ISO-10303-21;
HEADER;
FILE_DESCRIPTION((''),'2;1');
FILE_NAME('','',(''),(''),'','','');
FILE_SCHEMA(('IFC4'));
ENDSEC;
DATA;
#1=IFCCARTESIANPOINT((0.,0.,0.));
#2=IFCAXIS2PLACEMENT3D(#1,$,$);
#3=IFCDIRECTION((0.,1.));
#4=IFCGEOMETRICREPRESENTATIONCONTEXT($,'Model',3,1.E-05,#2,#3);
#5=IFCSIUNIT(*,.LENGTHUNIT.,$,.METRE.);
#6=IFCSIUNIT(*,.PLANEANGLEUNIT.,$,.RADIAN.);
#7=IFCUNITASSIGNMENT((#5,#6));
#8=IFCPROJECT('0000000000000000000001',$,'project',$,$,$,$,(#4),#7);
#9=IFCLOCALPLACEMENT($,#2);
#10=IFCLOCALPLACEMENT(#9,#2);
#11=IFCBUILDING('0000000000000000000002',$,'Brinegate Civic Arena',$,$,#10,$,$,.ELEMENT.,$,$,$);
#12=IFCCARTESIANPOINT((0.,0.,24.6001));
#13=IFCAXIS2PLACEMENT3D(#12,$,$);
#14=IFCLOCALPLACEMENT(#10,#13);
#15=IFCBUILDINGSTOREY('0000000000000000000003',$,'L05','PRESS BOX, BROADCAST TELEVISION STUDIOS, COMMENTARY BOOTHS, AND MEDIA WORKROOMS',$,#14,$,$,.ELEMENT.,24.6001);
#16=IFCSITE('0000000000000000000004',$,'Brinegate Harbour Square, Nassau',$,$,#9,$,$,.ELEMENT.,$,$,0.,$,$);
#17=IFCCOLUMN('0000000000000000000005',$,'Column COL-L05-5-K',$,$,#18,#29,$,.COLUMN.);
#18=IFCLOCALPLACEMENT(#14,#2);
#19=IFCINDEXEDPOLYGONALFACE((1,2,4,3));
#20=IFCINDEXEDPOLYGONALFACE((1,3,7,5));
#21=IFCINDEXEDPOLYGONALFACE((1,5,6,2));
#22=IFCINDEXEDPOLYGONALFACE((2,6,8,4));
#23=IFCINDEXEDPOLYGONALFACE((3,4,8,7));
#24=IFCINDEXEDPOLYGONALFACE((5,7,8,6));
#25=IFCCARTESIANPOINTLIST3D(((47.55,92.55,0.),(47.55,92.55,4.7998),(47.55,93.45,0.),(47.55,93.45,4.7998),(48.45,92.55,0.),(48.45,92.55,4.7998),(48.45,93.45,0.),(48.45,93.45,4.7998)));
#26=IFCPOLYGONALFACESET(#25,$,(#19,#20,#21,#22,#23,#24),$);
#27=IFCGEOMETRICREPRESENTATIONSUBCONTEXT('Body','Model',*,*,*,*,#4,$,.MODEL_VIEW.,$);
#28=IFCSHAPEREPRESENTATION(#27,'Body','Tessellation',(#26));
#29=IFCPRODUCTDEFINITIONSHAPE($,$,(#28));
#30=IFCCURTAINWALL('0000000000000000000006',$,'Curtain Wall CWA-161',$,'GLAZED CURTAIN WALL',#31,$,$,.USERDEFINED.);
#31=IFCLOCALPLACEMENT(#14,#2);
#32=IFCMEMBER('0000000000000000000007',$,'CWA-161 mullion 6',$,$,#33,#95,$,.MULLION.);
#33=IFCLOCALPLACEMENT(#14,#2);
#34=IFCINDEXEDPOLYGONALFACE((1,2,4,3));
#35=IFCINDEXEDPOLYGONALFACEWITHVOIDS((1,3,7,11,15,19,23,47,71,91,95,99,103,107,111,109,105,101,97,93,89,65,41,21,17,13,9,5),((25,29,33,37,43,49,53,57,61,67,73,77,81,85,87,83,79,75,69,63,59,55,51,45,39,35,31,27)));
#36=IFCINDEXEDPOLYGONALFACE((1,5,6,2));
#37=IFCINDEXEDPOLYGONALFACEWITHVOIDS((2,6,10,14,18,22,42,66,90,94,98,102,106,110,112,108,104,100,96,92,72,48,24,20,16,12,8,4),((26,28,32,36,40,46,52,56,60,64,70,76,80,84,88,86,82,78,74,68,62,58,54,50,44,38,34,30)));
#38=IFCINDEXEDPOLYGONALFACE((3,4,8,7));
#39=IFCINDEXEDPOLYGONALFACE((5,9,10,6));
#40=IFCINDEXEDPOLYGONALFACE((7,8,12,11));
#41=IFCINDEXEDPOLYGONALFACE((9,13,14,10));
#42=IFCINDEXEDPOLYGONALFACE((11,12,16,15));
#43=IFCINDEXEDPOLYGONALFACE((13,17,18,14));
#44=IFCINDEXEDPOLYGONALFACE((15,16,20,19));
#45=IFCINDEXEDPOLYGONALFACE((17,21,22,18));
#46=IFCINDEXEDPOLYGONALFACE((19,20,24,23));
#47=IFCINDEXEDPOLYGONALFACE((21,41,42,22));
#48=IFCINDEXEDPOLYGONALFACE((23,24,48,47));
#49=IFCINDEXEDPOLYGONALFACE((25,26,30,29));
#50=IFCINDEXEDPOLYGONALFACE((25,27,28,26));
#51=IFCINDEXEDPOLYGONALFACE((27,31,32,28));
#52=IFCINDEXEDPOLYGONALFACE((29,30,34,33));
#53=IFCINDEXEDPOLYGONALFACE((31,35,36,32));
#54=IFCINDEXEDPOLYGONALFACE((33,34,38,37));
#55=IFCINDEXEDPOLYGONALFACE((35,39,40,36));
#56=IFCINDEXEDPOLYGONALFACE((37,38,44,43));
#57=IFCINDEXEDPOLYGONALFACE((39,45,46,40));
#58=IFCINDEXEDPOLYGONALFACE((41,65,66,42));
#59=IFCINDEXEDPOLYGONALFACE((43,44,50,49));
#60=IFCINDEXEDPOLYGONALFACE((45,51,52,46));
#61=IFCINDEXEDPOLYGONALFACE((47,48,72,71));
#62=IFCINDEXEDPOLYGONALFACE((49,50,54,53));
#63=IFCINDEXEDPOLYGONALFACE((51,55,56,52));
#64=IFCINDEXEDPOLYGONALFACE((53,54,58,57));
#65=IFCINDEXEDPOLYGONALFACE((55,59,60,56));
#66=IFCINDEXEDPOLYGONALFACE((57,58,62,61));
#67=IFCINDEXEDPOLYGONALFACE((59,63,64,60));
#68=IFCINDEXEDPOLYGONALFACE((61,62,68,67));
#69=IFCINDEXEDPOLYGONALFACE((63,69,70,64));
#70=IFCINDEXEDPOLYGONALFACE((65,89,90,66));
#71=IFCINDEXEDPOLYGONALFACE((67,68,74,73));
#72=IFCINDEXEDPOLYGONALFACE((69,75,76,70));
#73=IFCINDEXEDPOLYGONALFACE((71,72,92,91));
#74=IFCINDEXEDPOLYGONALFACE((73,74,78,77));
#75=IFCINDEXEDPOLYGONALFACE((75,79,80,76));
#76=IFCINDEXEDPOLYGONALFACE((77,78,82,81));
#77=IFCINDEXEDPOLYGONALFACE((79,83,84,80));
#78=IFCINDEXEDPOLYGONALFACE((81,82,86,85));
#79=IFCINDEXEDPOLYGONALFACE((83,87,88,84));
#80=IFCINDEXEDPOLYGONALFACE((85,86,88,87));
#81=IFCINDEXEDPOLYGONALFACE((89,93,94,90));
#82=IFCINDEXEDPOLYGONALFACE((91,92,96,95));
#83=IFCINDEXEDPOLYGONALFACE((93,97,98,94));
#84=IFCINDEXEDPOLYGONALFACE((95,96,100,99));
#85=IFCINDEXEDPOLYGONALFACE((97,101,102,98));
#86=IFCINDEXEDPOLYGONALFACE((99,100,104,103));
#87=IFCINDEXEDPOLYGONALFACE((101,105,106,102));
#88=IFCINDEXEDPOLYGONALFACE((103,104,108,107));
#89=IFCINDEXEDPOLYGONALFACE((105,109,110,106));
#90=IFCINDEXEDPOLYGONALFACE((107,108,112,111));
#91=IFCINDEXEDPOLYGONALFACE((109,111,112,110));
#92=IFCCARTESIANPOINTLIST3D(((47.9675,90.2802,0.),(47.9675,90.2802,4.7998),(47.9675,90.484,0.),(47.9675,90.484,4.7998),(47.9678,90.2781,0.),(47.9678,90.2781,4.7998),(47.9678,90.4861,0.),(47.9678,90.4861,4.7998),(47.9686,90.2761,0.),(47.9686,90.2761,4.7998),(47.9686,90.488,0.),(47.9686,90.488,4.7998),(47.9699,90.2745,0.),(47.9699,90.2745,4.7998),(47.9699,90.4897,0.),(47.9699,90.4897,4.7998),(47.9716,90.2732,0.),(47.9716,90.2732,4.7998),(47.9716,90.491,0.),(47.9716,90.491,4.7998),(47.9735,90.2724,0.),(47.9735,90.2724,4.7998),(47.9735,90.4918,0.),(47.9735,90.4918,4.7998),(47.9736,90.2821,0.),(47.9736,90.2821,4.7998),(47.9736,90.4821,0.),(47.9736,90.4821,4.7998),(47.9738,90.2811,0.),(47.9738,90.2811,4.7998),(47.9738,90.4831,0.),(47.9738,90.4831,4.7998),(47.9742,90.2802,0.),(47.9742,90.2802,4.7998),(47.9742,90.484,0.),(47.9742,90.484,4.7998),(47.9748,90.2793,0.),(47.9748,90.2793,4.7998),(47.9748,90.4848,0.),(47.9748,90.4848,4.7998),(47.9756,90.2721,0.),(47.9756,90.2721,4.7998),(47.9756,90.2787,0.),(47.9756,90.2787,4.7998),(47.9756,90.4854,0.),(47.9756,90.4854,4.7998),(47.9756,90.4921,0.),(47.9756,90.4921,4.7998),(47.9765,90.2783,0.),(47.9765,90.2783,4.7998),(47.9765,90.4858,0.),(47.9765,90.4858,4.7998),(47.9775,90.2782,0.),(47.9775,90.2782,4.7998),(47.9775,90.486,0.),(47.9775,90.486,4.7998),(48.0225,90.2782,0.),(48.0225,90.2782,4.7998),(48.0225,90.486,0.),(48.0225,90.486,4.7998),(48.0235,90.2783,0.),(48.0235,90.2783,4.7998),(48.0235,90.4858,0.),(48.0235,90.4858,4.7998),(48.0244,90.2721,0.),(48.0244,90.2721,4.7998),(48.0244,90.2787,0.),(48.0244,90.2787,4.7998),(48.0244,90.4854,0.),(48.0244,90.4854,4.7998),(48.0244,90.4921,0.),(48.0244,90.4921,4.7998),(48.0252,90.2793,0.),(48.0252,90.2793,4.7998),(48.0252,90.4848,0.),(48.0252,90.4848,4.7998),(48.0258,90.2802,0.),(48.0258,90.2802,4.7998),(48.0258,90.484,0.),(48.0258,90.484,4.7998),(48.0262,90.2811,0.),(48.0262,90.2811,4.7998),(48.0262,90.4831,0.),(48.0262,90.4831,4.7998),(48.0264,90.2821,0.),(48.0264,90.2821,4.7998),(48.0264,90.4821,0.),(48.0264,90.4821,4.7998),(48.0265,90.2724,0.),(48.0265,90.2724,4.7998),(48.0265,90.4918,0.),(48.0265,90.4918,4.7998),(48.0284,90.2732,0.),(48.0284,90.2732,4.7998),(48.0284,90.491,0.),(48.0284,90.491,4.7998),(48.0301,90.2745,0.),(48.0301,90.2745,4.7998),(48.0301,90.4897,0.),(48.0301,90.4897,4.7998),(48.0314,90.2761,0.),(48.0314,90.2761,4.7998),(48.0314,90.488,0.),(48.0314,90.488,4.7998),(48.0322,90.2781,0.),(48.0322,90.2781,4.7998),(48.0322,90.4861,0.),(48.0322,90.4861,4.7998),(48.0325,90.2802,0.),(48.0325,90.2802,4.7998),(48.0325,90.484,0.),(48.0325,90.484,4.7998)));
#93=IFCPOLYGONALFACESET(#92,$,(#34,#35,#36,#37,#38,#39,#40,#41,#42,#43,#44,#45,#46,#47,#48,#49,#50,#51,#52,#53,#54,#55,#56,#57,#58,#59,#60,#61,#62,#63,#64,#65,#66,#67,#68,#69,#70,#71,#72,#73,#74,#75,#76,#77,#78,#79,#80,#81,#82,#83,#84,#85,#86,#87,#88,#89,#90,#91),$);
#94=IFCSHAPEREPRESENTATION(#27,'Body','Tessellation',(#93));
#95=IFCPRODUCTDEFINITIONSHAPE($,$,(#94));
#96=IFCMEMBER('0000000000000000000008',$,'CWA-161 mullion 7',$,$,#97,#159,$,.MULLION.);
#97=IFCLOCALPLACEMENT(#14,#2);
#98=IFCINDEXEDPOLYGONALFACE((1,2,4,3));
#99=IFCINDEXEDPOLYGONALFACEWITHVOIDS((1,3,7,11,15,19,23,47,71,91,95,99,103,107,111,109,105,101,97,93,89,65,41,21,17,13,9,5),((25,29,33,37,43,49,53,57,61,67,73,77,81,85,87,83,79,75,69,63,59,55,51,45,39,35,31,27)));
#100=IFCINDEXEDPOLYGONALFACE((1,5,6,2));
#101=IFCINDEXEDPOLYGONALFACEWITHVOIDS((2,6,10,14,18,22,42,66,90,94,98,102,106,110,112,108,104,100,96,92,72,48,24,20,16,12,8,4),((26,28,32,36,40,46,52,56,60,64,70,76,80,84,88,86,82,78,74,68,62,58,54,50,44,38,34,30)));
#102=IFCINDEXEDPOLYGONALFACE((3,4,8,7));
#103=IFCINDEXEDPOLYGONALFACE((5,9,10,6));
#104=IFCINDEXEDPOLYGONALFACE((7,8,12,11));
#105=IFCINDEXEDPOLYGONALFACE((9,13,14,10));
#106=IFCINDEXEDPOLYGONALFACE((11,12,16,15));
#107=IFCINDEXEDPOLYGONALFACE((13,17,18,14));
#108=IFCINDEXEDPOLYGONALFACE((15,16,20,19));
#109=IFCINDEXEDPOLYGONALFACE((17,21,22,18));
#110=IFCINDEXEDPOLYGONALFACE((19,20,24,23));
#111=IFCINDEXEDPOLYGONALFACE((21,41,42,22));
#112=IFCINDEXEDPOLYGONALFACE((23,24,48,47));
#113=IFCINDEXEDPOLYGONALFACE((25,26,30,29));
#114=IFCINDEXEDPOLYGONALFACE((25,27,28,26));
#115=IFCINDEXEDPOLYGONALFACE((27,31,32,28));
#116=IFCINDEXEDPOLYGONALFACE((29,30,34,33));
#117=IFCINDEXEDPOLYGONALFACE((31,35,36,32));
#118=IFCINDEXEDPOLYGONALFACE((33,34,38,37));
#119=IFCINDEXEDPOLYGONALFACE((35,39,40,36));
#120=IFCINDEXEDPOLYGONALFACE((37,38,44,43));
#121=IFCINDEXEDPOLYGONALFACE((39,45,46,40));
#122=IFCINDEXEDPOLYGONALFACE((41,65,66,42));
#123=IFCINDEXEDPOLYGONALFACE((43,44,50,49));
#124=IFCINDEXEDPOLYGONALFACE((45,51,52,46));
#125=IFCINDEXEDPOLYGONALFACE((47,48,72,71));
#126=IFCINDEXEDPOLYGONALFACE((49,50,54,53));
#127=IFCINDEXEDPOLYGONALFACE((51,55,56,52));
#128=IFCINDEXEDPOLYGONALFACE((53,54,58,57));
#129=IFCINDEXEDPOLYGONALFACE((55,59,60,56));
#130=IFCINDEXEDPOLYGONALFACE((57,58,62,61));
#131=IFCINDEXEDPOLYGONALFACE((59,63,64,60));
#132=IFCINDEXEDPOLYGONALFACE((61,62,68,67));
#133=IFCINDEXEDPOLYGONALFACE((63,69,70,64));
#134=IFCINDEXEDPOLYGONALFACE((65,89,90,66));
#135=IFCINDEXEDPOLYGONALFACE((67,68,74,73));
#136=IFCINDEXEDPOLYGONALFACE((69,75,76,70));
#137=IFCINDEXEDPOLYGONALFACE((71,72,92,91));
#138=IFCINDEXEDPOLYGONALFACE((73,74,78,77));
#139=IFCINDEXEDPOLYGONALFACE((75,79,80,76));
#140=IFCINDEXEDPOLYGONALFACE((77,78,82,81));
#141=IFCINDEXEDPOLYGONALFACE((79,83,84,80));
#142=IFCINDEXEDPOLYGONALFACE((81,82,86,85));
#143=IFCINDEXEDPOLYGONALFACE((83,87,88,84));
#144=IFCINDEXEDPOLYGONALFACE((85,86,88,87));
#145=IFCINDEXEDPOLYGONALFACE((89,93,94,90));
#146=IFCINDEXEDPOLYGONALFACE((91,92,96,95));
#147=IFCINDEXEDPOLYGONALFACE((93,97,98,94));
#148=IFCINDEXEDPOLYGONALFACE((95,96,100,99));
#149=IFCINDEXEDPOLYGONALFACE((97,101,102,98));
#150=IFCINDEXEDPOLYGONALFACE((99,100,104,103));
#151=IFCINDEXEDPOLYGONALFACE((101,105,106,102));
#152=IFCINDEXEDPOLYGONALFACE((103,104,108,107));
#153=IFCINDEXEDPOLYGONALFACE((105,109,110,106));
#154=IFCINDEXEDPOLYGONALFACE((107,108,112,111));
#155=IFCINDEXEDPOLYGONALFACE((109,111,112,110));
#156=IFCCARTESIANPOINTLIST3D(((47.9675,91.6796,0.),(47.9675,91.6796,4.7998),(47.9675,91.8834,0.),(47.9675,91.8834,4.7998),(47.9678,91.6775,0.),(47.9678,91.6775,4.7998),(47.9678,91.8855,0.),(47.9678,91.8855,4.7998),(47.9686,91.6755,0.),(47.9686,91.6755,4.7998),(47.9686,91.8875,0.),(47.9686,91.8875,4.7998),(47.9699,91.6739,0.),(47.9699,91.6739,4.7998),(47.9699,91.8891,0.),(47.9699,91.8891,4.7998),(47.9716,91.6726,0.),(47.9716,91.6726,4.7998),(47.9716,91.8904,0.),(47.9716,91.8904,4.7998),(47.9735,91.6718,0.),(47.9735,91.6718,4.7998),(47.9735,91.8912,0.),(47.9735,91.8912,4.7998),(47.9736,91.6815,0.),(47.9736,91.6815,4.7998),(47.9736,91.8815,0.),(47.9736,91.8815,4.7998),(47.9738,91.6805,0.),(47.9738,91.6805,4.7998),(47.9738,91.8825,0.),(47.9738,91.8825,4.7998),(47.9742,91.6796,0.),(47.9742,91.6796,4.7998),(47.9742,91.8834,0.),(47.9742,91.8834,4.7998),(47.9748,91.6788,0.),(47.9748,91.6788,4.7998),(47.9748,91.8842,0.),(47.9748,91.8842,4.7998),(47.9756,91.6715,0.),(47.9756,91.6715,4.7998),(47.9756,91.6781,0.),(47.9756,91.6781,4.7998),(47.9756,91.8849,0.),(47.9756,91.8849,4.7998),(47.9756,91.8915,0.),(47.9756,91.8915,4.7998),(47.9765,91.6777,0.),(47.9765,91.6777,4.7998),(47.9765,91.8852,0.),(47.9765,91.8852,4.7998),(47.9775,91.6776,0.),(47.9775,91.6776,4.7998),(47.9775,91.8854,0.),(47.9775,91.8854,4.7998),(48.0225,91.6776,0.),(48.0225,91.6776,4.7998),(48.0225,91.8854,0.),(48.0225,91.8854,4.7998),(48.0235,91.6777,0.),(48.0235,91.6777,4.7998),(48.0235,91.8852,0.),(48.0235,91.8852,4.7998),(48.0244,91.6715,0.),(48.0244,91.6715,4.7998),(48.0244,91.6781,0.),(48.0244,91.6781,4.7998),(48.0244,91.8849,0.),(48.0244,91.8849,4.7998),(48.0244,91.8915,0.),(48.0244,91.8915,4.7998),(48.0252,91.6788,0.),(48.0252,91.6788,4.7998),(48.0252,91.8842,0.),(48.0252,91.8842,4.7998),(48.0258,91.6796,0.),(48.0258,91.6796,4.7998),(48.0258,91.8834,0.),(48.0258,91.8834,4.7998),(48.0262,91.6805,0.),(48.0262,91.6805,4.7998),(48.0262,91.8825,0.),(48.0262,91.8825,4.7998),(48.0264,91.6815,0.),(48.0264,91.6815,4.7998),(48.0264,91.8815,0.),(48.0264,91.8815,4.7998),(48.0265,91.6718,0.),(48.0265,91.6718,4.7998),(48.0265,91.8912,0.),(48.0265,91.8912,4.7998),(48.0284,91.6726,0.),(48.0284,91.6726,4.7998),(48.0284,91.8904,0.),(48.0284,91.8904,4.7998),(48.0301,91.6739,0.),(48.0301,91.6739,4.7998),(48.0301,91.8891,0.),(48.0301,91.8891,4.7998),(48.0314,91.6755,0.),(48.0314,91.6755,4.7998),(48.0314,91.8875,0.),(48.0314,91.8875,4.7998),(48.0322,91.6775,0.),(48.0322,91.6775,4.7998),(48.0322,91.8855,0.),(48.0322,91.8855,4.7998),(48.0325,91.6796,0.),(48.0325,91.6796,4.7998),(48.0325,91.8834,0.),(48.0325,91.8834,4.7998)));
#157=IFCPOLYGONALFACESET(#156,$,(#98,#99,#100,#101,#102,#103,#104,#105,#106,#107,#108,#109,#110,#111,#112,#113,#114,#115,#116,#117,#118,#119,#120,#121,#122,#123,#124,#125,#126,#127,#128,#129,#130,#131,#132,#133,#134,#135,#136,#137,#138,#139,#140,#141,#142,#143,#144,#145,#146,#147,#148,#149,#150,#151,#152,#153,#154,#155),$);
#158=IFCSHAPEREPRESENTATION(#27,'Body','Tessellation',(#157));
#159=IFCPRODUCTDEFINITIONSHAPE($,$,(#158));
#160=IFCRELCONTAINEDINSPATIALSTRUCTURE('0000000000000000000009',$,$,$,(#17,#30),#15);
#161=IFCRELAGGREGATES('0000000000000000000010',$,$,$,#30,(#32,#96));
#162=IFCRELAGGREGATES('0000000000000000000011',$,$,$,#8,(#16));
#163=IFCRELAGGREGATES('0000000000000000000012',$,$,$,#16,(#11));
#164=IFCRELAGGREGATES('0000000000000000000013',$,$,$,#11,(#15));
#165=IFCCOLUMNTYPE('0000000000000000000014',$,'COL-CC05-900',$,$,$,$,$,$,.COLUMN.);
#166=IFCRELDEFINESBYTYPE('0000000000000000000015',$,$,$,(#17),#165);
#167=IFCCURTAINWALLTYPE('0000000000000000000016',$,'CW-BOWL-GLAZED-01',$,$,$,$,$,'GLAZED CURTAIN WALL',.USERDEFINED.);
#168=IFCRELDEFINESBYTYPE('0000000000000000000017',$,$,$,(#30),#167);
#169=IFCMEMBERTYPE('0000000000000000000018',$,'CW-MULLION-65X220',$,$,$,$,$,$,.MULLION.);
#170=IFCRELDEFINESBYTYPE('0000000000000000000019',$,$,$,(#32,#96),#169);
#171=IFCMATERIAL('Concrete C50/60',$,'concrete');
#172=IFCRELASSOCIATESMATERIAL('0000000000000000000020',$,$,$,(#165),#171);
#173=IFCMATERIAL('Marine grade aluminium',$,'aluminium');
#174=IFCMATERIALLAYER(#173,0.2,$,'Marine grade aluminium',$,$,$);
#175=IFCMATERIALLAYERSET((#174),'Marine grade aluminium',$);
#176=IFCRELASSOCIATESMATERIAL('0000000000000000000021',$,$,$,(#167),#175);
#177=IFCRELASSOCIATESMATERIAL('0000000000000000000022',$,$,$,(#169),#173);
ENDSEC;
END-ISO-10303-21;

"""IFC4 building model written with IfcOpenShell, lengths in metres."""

from ifc_helpers import new_model, si_unit, direction, frame, origin, origin_2d, place, context, subcontext, project, spatial, rectangle, hollow_rectangle, extrude, material, layer, layer_set, material_profile, profile_set, type_object, element, aggregate, save


model = new_model("IFC4")

# Units and contexts
model_context = context("Model", 3, precision=1e-05, world=origin(), true_north=direction((0.0, 1.0)))
body_context = subcontext(model_context, "Body", "Model", "MODEL_VIEW")
ifc_project = project(units=[si_unit("LENGTHUNIT", "METRE"), si_unit("PLANEANGLEUNIT", "RADIAN")], contexts=[model_context])

# Site, building, storey
site_placement = place(None, origin())
site = spatial("IfcSite", under=ifc_project, at=site_placement, Name="Brinegate Harbour Square, Nassau", CompositionType="ELEMENT", RefElevation=0.0)
building_placement = place(site_placement, origin())
building = spatial("IfcBuilding", under=site, at=building_placement, Name="Brinegate Civic Arena", CompositionType="ELEMENT")
storey_placement = place(building_placement, frame((0.0, 0.0, 24.6001)))
storey = spatial("IfcBuildingStorey", under=building, at=storey_placement, Name="L05", Description="PRESS BOX, BROADCAST TELEVISION STUDIOS, COMMENTARY BOOTHS, AND MEDIA WORKROOMS", CompositionType="ELEMENT", Elevation=24.6001)

# Column
ifc_material_1 = material(Name="Concrete C50/60", Category="concrete")
ifc_material_profile_1 = material_profile(ifc_material_1, rectangle(XDim=0.8999, YDim=0.8999, at=origin_2d()), Name="RC900X900")
ifc_profile_set_1 = profile_set([ifc_material_profile_1], Name="Concrete C50/60")
column_type = type_object("IfcColumnType", Name="COL-CC05-900", PredefinedType="COLUMN", material=ifc_profile_set_1)
column_placement = place(storey_placement, frame((48.0, 93.0, 0.0), z_axis=(0.0, 0.0, 1.0), x_axis=(1.0, 0.0, 0.0)))
element("IfcColumn", 1, at=column_placement, inside=storey, type_object=column_type, Name="Column COL-L05-5-K", PredefinedType="COLUMN", context=body_context, shape_type="SweptSolid", body=[
    extrude(rectangle(XDim=0.8999, YDim=0.8999, at=origin_2d()), origin(), (0.0, 0.0, 1.0), 4.7998),
])

# Curtain wall, members
ifc_material_2 = material(Name="Marine grade aluminium", Category="aluminium")
ifc_layer_1 = layer(ifc_material_2, 0.2, Name="Marine grade aluminium")
ifc_layer_set_1 = layer_set([ifc_layer_1], Name="Marine grade aluminium")
curtain_wall_type = type_object("IfcCurtainWallType", Name="CW-BOWL-GLAZED-01", ElementType="GLAZED CURTAIN WALL", PredefinedType="USERDEFINED", material=ifc_layer_set_1)
curtain_wall_1_placement = place(storey_placement, origin())
curtain_wall_1 = element("IfcCurtainWall", 2, at=curtain_wall_1_placement, inside=storey, type_object=curtain_wall_type, Name="Curtain Wall CWA-161", ObjectType="GLAZED CURTAIN WALL", PredefinedType="USERDEFINED")
ifc_material_profile_2 = material_profile(ifc_material_2, hollow_rectangle(XDim=0.0649, YDim=0.22, WallThickness=0.0061, InnerFilletRadius=0.0039, OuterFilletRadius=0.0081, at=origin_2d()), Name="MUL65X220")
ifc_profile_set_2 = profile_set([ifc_material_profile_2], Name="Marine grade aluminium")
member_type_1 = type_object("IfcMemberType", Name="CW-MULLION-65X220", PredefinedType="MULLION", material=ifc_profile_set_2)
member_1_placement = place(storey_placement, frame((48.0, 90.3821, 0.0), z_axis=(0.0, 0.0, 1.0), x_axis=(-1.0, 0.0, 0.0)))
member_1 = element("IfcMember", 3, at=member_1_placement, type_object=member_type_1, Name="CWA-161 mullion 6", PredefinedType="MULLION", context=body_context, shape_type="SweptSolid", body=[
    extrude(hollow_rectangle(XDim=0.0649, YDim=0.22, WallThickness=0.0061, InnerFilletRadius=0.0039, OuterFilletRadius=0.0081, at=origin_2d()), origin(), (0.0, 0.0, 1.0), 4.7998),
])
member_2_placement = place(storey_placement, frame((48.0, 91.7815, 0.0), z_axis=(0.0, 0.0, 1.0), x_axis=(-1.0, 0.0, 0.0)))
member_2 = element("IfcMember", 4, at=member_2_placement, type_object=member_type_1, Name="CWA-161 mullion 7", PredefinedType="MULLION", context=body_context, shape_type="SweptSolid", body=[
    extrude(hollow_rectangle(XDim=0.0649, YDim=0.22, WallThickness=0.0061, InnerFilletRadius=0.0039, OuterFilletRadius=0.0081, at=origin_2d()), origin(), (0.0, 0.0, 1.0), 4.7998),
])

aggregate(curtain_wall_1, [member_1, member_2])

save(model, "model.ifc")
